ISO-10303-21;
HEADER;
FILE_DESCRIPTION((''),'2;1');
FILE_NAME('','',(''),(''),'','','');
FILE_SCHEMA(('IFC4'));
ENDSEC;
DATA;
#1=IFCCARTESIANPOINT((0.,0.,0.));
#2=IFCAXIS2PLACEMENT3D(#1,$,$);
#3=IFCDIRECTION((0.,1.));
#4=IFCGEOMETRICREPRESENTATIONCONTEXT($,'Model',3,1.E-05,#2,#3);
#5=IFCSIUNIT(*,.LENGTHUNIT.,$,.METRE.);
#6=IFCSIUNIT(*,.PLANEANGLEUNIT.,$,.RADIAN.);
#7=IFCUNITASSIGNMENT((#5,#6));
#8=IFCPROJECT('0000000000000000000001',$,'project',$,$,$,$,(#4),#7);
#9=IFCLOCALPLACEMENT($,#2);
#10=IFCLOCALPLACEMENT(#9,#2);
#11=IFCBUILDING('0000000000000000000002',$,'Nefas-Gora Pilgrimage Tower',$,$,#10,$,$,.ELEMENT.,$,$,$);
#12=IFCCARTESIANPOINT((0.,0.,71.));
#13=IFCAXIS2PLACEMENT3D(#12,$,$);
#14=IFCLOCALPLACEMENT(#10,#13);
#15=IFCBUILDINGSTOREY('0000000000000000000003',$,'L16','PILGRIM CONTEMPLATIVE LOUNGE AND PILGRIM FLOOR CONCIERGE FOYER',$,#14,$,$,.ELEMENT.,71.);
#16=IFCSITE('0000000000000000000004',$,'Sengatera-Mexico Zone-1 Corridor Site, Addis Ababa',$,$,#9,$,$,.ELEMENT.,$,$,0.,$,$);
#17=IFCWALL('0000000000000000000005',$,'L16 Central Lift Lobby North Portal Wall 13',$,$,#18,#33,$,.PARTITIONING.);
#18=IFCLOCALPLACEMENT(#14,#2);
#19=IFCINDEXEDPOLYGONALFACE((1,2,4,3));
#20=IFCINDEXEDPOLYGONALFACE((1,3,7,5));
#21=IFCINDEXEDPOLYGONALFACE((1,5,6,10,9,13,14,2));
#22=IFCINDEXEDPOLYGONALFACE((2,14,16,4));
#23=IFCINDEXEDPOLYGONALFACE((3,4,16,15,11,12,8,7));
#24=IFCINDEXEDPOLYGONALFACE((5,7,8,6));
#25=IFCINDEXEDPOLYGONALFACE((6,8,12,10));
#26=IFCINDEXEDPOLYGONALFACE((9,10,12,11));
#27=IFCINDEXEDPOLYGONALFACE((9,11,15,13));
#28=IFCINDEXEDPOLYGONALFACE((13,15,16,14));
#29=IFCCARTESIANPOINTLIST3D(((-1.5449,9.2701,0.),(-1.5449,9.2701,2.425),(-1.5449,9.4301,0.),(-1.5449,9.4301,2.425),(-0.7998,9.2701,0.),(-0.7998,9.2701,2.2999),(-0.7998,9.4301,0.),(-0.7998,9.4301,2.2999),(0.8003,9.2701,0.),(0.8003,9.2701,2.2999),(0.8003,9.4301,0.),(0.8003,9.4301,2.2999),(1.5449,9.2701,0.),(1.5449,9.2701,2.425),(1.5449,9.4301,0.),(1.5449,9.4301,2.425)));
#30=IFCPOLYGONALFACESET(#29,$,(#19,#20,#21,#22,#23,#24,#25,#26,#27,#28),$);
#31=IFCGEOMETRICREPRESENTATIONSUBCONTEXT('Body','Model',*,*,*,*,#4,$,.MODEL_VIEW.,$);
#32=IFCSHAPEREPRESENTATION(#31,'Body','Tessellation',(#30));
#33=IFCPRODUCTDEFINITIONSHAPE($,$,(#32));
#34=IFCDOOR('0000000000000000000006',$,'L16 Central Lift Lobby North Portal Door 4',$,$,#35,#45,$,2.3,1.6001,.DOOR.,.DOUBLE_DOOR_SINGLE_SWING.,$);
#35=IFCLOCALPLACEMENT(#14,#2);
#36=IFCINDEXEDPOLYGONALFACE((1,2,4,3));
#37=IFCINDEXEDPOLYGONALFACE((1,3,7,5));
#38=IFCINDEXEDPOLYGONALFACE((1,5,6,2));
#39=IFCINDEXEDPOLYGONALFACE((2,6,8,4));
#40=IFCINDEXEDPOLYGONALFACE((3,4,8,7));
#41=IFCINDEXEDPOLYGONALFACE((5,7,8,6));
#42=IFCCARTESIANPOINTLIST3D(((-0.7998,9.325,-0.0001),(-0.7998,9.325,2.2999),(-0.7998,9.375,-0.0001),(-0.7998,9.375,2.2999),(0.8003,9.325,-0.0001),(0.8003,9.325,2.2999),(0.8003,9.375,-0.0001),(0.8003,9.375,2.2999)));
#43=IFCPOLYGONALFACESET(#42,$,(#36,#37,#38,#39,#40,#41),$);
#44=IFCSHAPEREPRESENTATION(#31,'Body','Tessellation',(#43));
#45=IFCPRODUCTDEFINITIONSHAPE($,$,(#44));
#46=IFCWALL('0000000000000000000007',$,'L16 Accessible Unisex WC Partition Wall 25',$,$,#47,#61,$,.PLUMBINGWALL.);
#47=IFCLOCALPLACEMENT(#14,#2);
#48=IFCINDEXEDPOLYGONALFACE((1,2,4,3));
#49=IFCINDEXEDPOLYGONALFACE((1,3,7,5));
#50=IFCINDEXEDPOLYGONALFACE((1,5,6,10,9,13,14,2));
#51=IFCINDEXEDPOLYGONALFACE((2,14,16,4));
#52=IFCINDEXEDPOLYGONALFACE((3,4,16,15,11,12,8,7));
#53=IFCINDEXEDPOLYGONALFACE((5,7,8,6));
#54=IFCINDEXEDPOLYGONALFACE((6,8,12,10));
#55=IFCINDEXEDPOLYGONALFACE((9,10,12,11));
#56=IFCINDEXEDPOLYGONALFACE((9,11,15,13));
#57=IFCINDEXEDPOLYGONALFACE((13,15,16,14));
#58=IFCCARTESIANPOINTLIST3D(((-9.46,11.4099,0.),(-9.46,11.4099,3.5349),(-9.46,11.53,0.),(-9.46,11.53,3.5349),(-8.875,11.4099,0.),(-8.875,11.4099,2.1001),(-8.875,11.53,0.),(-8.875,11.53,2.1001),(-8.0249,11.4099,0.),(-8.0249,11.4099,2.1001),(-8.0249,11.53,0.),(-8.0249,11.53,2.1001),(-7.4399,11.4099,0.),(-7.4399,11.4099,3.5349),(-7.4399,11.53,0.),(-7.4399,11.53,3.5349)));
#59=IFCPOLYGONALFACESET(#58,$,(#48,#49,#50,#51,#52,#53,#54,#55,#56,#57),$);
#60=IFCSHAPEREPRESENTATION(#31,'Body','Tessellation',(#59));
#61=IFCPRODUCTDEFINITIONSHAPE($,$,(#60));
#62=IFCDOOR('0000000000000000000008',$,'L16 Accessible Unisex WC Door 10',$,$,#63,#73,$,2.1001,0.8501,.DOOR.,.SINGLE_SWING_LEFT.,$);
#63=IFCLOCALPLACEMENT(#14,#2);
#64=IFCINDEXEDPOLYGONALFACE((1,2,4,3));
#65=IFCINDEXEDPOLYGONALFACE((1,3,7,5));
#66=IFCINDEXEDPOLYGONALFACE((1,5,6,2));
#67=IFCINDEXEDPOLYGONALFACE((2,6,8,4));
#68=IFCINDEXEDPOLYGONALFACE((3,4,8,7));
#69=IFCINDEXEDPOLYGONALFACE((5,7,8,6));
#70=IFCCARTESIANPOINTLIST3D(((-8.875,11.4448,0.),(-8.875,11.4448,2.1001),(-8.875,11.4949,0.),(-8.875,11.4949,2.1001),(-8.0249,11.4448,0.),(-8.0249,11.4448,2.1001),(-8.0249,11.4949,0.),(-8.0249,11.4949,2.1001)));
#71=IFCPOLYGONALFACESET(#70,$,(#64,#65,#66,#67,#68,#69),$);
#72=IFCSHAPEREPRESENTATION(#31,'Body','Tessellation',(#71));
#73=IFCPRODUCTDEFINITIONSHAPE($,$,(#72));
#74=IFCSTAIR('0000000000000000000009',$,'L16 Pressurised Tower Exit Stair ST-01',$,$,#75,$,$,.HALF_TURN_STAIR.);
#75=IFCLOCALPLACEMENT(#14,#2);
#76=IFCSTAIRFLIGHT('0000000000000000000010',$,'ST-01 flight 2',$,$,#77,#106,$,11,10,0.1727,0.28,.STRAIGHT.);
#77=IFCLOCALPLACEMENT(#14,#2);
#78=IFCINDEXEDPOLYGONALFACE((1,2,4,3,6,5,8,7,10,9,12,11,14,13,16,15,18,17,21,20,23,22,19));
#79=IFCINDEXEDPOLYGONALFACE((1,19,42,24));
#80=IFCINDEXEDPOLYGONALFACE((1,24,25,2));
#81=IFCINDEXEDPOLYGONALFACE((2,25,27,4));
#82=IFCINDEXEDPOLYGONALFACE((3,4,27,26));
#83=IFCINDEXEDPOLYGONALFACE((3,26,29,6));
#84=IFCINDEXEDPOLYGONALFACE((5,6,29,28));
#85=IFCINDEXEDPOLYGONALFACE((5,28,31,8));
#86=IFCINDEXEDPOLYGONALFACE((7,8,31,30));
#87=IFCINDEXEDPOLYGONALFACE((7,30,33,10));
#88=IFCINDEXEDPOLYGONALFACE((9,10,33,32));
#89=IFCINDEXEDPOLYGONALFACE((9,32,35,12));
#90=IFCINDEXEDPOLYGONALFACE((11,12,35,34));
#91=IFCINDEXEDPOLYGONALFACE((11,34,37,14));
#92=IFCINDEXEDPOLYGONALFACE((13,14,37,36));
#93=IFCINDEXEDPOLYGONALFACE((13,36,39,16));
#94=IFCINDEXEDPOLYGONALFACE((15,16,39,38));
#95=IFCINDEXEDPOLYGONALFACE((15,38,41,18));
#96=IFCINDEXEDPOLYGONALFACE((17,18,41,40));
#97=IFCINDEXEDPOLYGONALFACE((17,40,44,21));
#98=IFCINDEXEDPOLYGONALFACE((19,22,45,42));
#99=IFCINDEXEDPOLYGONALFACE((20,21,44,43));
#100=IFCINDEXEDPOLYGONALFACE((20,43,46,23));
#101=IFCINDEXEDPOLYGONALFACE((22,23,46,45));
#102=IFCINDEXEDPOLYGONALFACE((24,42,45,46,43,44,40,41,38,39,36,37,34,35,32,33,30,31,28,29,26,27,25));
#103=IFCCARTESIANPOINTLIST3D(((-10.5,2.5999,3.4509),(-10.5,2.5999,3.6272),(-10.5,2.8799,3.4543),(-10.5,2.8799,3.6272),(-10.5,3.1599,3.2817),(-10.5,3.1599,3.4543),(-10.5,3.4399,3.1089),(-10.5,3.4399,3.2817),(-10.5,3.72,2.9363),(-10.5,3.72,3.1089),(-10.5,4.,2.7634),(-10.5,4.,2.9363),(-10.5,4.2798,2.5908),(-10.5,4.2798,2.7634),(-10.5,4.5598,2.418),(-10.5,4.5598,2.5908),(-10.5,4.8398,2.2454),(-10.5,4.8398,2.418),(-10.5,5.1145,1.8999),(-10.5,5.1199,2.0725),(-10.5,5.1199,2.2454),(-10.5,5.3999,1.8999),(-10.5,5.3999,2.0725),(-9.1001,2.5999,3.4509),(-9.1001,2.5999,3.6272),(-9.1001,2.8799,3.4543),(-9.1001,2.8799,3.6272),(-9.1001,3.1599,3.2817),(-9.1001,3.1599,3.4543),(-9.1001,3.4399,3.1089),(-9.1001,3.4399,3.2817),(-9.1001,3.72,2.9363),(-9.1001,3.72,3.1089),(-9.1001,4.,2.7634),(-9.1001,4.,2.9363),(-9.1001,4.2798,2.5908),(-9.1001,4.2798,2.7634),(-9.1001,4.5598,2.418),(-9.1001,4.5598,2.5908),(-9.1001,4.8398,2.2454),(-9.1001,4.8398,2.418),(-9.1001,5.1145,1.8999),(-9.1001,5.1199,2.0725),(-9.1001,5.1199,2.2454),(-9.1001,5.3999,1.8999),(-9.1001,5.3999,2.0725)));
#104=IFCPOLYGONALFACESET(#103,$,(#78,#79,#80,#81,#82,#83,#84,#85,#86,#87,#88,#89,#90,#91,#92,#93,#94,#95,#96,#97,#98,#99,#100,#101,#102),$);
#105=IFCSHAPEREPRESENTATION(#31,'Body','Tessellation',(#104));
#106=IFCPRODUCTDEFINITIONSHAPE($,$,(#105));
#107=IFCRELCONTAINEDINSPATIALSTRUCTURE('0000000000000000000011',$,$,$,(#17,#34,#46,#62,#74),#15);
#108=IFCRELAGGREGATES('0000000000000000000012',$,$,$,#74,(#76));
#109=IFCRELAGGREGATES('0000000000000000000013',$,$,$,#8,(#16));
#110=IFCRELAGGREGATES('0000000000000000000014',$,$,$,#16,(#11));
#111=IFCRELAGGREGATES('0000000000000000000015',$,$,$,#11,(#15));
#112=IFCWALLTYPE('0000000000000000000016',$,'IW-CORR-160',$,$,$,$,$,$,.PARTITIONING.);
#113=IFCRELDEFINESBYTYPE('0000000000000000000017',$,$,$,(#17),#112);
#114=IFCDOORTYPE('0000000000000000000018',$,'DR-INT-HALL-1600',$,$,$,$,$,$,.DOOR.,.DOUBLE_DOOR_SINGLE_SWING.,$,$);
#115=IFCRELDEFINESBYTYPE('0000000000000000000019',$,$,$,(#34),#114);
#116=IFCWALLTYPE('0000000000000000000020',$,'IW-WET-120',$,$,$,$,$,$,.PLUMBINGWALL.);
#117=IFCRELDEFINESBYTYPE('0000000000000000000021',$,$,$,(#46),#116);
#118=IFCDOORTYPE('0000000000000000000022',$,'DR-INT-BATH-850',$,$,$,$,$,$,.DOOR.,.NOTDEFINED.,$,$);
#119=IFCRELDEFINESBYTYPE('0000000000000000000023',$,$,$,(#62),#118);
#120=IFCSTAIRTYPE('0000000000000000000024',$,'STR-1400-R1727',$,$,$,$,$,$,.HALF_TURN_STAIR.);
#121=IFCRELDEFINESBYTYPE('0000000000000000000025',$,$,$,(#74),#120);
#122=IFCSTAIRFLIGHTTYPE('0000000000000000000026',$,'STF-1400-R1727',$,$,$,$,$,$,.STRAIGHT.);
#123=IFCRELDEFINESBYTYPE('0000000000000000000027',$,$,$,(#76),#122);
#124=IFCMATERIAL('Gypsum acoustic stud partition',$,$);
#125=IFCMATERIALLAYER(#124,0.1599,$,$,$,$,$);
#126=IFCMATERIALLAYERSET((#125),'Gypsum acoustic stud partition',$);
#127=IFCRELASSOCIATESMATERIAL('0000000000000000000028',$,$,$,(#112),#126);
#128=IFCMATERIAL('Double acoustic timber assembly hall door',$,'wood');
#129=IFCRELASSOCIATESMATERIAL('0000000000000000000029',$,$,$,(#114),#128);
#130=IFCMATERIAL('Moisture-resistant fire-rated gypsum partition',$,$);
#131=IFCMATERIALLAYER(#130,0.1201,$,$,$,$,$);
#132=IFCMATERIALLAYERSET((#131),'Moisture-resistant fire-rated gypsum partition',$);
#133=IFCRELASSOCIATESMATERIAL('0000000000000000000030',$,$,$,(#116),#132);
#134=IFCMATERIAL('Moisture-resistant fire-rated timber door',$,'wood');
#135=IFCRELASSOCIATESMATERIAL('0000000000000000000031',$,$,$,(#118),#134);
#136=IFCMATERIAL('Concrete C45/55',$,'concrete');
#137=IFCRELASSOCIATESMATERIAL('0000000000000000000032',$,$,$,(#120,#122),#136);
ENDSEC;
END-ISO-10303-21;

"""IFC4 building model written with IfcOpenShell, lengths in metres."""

from ifc_helpers import new_model, si_unit, direction, frame, frame_2d, origin, place, context, subcontext, project, spatial, polyline, rectangle, outline, extrude, source, transform, mapped, material, layer, layer_set, type_object, element, fill, aggregate, save


model = new_model("IFC4")

# Units and contexts
model_context = context("Model", 3, precision=1e-05, world=origin(), true_north=direction((0.0, 1.0)))
body_context = subcontext(model_context, "Body", "Model", "MODEL_VIEW")
ifc_project = project(units=[si_unit("LENGTHUNIT", "METRE"), si_unit("PLANEANGLEUNIT", "RADIAN")], contexts=[model_context])

# Site, building, storey
site_placement = place(None, origin())
site = spatial("IfcSite", under=ifc_project, at=site_placement, Name="Sengatera-Mexico Zone-1 Corridor Site, Addis Ababa", CompositionType="ELEMENT", RefElevation=0.0)
building_placement = place(site_placement, origin())
building = spatial("IfcBuilding", under=site, at=building_placement, Name="Nefas-Gora Pilgrimage Tower", CompositionType="ELEMENT")
storey_placement = place(building_placement, frame((0.0, 0.0, 71.0)))
storey = spatial("IfcBuildingStorey", under=building, at=storey_placement, Name="L16", Description="PILGRIM CONTEMPLATIVE LOUNGE AND PILGRIM FLOOR CONCIERGE FOYER", CompositionType="ELEMENT", Elevation=71.0)

# Shared definitions
ifc_material_1 = material(Name="Concrete C45/55", Category="concrete")

# Shared definitions
ifc_material_2 = material(Name="Gypsum acoustic stud partition")
ifc_layer_1 = layer(ifc_material_2, 0.1599)
ifc_layer_set_1 = layer_set([ifc_layer_1], Name="Gypsum acoustic stud partition")
wall_type_1 = type_object("IfcWallType", Name="IW-CORR-160", PredefinedType="PARTITIONING", material=ifc_layer_set_1)

# Walls, openings, doors
shared_shape_1 = source(origin(), body_context, "Body", "SweptSolid", [
    extrude(rectangle(XDim=3.0898, YDim=0.1599, at=frame_2d((1.5449, 0.0))), origin(), (0.0, 0.0, 1.0), 2.425),
])
wall_1_placement = place(storey_placement, frame((-1.5449, 9.3501, 0.0), z_axis=(0.0, 0.0, 1.0), x_axis=(1.0, 0.0, 0.0)))
wall_1 = element("IfcWall", 1, at=wall_1_placement, inside=storey, type_object=wall_type_1, Name="L16 Central Lift Lobby North Portal Wall 13", PredefinedType="PARTITIONING", context=body_context, shape_type="MappedRepresentation", body=[
    mapped(shared_shape_1, transform((0.0, 0.0, 0.0), x_axis=(1.0, 0.0, 0.0), y_axis=(0.0, 1.0, 0.0), z_axis=(0.0, 0.0, 1.0), scale=1.0)),
])
opening_1_placement = place(wall_1_placement, frame((0.7451, 0.0, 0.0)))
opening_1 = element("IfcOpeningElement", 2, at=opening_1_placement, cuts=wall_1, PredefinedType="OPENING", context=body_context, shape_type="SweptSolid", body=[
    extrude(rectangle(XDim=1.6001, YDim=2.3, at=frame_2d((0.8, 1.1499))), frame((0.0, 0.0898, 0.0), z_axis=(0.0, -1.0, 0.0), x_axis=(1.0, 0.0, 0.0)), (0.0, 0.0, 1.0), 0.1799),
])
ifc_material_3 = material(Name="Double acoustic timber assembly hall door", Category="wood")
door_type_1 = type_object("IfcDoorType", Name="DR-INT-HALL-1600", OperationType="DOUBLE_DOOR_SINGLE_SWING", PredefinedType="DOOR", material=ifc_material_3)
shared_shape_2 = source(origin(), body_context, "Body", "SweptSolid", [
    extrude(rectangle(XDim=1.6001, YDim=2.3, at=frame_2d((0.8, 1.1499))), frame((0.0, 0.0249, 0.0), z_axis=(0.0, -1.0, 0.0), x_axis=(1.0, 0.0, 0.0)), (0.0, 0.0, 1.0), 0.05),
])
door_1_placement = place(opening_1_placement, origin())
door_1 = element("IfcDoor", 3, at=door_1_placement, inside=storey, type_object=door_type_1, Name="L16 Central Lift Lobby North Portal Door 4", OperationType="DOUBLE_DOOR_SINGLE_SWING", OverallHeight=2.3, OverallWidth=1.6001, PredefinedType="DOOR", context=body_context, shape_type="MappedRepresentation", body=[
    mapped(shared_shape_2, transform((0.0, 0.0, 0.0), x_axis=(1.0, 0.0, 0.0), y_axis=(0.0, 1.0, 0.0), z_axis=(0.0, 0.0, 1.0), scale=1.0)),
])
fill(opening_1, door_1)
ifc_material_4 = material(Name="Moisture-resistant fire-rated gypsum partition")
ifc_layer_2 = layer(ifc_material_4, 0.1201)
ifc_layer_set_2 = layer_set([ifc_layer_2], Name="Moisture-resistant fire-rated gypsum partition")
wall_type_2 = type_object("IfcWallType", Name="IW-WET-120", PredefinedType="PLUMBINGWALL", material=ifc_layer_set_2)
shared_shape_3 = source(origin(), body_context, "Body", "SweptSolid", [
    extrude(rectangle(XDim=2.02, YDim=0.1201, at=frame_2d((1.01, 0.0))), origin(), (0.0, 0.0, 1.0), 3.5349),
])
wall_2_placement = place(storey_placement, frame((-9.46, 11.47, 0.0), z_axis=(0.0, 0.0, 1.0), x_axis=(1.0, 0.0, 0.0)))
wall_2 = element("IfcWall", 4, at=wall_2_placement, inside=storey, type_object=wall_type_2, Name="L16 Accessible Unisex WC Partition Wall 25", PredefinedType="PLUMBINGWALL", context=body_context, shape_type="MappedRepresentation", body=[
    mapped(shared_shape_3, transform((0.0, 0.0, 0.0), x_axis=(1.0, 0.0, 0.0), y_axis=(0.0, 1.0, 0.0), z_axis=(0.0, 0.0, 1.0), scale=1.0)),
])
opening_2_placement = place(wall_2_placement, frame((0.585, 0.0, 0.0)))
opening_2 = element("IfcOpeningElement", 5, at=opening_2_placement, cuts=wall_2, PredefinedType="OPENING", context=body_context, shape_type="SweptSolid", body=[
    extrude(rectangle(XDim=0.8501, YDim=2.1001, at=frame_2d((0.425, 1.05))), frame((0.0, 0.0701, 0.0), z_axis=(0.0, -1.0, 0.0), x_axis=(1.0, 0.0, 0.0)), (0.0, 0.0, 1.0), 0.1401),
])
ifc_material_5 = material(Name="Moisture-resistant fire-rated timber door", Category="wood")
door_type_2 = type_object("IfcDoorType", Name="DR-INT-BATH-850", OperationType="NOTDEFINED", PredefinedType="DOOR", material=ifc_material_5)
shared_shape_4 = source(origin(), body_context, "Body", "SweptSolid", [
    extrude(rectangle(XDim=0.8501, YDim=2.1001, at=frame_2d((0.425, 1.05))), frame((0.0, 0.0249, 0.0), z_axis=(0.0, -1.0, 0.0), x_axis=(1.0, 0.0, 0.0)), (0.0, 0.0, 1.0), 0.05),
])
door_2_placement = place(opening_2_placement, origin())
door_2 = element("IfcDoor", 6, at=door_2_placement, inside=storey, type_object=door_type_2, Name="L16 Accessible Unisex WC Door 10", OperationType="SINGLE_SWING_LEFT", OverallHeight=2.1001, OverallWidth=0.8501, PredefinedType="DOOR", context=body_context, shape_type="MappedRepresentation", body=[
    mapped(shared_shape_4, transform((0.0, 0.0, 0.0), x_axis=(1.0, 0.0, 0.0), y_axis=(0.0, 1.0, 0.0), z_axis=(0.0, 0.0, 1.0), scale=1.0)),
])
fill(opening_2, door_2)

# Stair, stair flight
stair_type = type_object("IfcStairType", Name="STR-1400-R1727", PredefinedType="HALF_TURN_STAIR", material=ifc_material_1)
stair_placement = place(storey_placement, origin())
stair = element("IfcStair", 7, at=stair_placement, inside=storey, type_object=stair_type, Name="L16 Pressurised Tower Exit Stair ST-01", PredefinedType="HALF_TURN_STAIR")
stair_flight_type = type_object("IfcStairFlightType", Name="STF-1400-R1727", PredefinedType="STRAIGHT", material=ifc_material_1)
shared_shape_5 = source(origin(), body_context, "Body", "SweptSolid", [
    extrude(outline(polyline([(0.0, 0.0), (0.0, 0.1726), (0.28, 0.1726), (0.28, 0.3455), (0.5601, 0.3455), (0.5601, 0.5181), (0.8401, 0.5181), (0.8401, 0.6909), (1.1201, 0.6909), (1.1201, 0.8635), (1.3999, 0.8635), (1.3999, 1.0364), (1.6799, 1.0364), (1.6799, 1.209), (1.96, 1.209), (1.96, 1.3818), (2.24, 1.3818), (2.24, 1.5544), (2.52, 1.5544), (2.52, 1.7273), (2.8, 1.7273), (2.8, 1.8999), (2.8, 1.551), (0.2854, 0.0), (0.0, 0.0)])), frame((0.0, 0.7, 0.0), z_axis=(0.0, -1.0, 0.0), x_axis=(1.0, 0.0, 0.0)), (0.0, 0.0, 1.0), 1.3999),
])
stair_flight_placement = place(storey_placement, frame((-9.8, 5.3999, 1.8999), z_axis=(0.0, 0.0, 1.0), x_axis=(0.0, -1.0, 0.0)))
stair_flight = element("IfcStairFlight", 8, at=stair_flight_placement, type_object=stair_flight_type, Name="ST-01 flight 2", NumberOfRisers=11, NumberOfTreads=10, PredefinedType="STRAIGHT", RiserHeight=0.1727, TreadLength=0.28, context=body_context, shape_type="MappedRepresentation", body=[
    mapped(shared_shape_5, transform((0.0, 0.0, 0.0), x_axis=(1.0, 0.0, 0.0), y_axis=(0.0, 1.0, 0.0), z_axis=(0.0, 0.0, 1.0), scale=1.0)),
])
aggregate(stair, [stair_flight])

save(model, "model.ifc")
